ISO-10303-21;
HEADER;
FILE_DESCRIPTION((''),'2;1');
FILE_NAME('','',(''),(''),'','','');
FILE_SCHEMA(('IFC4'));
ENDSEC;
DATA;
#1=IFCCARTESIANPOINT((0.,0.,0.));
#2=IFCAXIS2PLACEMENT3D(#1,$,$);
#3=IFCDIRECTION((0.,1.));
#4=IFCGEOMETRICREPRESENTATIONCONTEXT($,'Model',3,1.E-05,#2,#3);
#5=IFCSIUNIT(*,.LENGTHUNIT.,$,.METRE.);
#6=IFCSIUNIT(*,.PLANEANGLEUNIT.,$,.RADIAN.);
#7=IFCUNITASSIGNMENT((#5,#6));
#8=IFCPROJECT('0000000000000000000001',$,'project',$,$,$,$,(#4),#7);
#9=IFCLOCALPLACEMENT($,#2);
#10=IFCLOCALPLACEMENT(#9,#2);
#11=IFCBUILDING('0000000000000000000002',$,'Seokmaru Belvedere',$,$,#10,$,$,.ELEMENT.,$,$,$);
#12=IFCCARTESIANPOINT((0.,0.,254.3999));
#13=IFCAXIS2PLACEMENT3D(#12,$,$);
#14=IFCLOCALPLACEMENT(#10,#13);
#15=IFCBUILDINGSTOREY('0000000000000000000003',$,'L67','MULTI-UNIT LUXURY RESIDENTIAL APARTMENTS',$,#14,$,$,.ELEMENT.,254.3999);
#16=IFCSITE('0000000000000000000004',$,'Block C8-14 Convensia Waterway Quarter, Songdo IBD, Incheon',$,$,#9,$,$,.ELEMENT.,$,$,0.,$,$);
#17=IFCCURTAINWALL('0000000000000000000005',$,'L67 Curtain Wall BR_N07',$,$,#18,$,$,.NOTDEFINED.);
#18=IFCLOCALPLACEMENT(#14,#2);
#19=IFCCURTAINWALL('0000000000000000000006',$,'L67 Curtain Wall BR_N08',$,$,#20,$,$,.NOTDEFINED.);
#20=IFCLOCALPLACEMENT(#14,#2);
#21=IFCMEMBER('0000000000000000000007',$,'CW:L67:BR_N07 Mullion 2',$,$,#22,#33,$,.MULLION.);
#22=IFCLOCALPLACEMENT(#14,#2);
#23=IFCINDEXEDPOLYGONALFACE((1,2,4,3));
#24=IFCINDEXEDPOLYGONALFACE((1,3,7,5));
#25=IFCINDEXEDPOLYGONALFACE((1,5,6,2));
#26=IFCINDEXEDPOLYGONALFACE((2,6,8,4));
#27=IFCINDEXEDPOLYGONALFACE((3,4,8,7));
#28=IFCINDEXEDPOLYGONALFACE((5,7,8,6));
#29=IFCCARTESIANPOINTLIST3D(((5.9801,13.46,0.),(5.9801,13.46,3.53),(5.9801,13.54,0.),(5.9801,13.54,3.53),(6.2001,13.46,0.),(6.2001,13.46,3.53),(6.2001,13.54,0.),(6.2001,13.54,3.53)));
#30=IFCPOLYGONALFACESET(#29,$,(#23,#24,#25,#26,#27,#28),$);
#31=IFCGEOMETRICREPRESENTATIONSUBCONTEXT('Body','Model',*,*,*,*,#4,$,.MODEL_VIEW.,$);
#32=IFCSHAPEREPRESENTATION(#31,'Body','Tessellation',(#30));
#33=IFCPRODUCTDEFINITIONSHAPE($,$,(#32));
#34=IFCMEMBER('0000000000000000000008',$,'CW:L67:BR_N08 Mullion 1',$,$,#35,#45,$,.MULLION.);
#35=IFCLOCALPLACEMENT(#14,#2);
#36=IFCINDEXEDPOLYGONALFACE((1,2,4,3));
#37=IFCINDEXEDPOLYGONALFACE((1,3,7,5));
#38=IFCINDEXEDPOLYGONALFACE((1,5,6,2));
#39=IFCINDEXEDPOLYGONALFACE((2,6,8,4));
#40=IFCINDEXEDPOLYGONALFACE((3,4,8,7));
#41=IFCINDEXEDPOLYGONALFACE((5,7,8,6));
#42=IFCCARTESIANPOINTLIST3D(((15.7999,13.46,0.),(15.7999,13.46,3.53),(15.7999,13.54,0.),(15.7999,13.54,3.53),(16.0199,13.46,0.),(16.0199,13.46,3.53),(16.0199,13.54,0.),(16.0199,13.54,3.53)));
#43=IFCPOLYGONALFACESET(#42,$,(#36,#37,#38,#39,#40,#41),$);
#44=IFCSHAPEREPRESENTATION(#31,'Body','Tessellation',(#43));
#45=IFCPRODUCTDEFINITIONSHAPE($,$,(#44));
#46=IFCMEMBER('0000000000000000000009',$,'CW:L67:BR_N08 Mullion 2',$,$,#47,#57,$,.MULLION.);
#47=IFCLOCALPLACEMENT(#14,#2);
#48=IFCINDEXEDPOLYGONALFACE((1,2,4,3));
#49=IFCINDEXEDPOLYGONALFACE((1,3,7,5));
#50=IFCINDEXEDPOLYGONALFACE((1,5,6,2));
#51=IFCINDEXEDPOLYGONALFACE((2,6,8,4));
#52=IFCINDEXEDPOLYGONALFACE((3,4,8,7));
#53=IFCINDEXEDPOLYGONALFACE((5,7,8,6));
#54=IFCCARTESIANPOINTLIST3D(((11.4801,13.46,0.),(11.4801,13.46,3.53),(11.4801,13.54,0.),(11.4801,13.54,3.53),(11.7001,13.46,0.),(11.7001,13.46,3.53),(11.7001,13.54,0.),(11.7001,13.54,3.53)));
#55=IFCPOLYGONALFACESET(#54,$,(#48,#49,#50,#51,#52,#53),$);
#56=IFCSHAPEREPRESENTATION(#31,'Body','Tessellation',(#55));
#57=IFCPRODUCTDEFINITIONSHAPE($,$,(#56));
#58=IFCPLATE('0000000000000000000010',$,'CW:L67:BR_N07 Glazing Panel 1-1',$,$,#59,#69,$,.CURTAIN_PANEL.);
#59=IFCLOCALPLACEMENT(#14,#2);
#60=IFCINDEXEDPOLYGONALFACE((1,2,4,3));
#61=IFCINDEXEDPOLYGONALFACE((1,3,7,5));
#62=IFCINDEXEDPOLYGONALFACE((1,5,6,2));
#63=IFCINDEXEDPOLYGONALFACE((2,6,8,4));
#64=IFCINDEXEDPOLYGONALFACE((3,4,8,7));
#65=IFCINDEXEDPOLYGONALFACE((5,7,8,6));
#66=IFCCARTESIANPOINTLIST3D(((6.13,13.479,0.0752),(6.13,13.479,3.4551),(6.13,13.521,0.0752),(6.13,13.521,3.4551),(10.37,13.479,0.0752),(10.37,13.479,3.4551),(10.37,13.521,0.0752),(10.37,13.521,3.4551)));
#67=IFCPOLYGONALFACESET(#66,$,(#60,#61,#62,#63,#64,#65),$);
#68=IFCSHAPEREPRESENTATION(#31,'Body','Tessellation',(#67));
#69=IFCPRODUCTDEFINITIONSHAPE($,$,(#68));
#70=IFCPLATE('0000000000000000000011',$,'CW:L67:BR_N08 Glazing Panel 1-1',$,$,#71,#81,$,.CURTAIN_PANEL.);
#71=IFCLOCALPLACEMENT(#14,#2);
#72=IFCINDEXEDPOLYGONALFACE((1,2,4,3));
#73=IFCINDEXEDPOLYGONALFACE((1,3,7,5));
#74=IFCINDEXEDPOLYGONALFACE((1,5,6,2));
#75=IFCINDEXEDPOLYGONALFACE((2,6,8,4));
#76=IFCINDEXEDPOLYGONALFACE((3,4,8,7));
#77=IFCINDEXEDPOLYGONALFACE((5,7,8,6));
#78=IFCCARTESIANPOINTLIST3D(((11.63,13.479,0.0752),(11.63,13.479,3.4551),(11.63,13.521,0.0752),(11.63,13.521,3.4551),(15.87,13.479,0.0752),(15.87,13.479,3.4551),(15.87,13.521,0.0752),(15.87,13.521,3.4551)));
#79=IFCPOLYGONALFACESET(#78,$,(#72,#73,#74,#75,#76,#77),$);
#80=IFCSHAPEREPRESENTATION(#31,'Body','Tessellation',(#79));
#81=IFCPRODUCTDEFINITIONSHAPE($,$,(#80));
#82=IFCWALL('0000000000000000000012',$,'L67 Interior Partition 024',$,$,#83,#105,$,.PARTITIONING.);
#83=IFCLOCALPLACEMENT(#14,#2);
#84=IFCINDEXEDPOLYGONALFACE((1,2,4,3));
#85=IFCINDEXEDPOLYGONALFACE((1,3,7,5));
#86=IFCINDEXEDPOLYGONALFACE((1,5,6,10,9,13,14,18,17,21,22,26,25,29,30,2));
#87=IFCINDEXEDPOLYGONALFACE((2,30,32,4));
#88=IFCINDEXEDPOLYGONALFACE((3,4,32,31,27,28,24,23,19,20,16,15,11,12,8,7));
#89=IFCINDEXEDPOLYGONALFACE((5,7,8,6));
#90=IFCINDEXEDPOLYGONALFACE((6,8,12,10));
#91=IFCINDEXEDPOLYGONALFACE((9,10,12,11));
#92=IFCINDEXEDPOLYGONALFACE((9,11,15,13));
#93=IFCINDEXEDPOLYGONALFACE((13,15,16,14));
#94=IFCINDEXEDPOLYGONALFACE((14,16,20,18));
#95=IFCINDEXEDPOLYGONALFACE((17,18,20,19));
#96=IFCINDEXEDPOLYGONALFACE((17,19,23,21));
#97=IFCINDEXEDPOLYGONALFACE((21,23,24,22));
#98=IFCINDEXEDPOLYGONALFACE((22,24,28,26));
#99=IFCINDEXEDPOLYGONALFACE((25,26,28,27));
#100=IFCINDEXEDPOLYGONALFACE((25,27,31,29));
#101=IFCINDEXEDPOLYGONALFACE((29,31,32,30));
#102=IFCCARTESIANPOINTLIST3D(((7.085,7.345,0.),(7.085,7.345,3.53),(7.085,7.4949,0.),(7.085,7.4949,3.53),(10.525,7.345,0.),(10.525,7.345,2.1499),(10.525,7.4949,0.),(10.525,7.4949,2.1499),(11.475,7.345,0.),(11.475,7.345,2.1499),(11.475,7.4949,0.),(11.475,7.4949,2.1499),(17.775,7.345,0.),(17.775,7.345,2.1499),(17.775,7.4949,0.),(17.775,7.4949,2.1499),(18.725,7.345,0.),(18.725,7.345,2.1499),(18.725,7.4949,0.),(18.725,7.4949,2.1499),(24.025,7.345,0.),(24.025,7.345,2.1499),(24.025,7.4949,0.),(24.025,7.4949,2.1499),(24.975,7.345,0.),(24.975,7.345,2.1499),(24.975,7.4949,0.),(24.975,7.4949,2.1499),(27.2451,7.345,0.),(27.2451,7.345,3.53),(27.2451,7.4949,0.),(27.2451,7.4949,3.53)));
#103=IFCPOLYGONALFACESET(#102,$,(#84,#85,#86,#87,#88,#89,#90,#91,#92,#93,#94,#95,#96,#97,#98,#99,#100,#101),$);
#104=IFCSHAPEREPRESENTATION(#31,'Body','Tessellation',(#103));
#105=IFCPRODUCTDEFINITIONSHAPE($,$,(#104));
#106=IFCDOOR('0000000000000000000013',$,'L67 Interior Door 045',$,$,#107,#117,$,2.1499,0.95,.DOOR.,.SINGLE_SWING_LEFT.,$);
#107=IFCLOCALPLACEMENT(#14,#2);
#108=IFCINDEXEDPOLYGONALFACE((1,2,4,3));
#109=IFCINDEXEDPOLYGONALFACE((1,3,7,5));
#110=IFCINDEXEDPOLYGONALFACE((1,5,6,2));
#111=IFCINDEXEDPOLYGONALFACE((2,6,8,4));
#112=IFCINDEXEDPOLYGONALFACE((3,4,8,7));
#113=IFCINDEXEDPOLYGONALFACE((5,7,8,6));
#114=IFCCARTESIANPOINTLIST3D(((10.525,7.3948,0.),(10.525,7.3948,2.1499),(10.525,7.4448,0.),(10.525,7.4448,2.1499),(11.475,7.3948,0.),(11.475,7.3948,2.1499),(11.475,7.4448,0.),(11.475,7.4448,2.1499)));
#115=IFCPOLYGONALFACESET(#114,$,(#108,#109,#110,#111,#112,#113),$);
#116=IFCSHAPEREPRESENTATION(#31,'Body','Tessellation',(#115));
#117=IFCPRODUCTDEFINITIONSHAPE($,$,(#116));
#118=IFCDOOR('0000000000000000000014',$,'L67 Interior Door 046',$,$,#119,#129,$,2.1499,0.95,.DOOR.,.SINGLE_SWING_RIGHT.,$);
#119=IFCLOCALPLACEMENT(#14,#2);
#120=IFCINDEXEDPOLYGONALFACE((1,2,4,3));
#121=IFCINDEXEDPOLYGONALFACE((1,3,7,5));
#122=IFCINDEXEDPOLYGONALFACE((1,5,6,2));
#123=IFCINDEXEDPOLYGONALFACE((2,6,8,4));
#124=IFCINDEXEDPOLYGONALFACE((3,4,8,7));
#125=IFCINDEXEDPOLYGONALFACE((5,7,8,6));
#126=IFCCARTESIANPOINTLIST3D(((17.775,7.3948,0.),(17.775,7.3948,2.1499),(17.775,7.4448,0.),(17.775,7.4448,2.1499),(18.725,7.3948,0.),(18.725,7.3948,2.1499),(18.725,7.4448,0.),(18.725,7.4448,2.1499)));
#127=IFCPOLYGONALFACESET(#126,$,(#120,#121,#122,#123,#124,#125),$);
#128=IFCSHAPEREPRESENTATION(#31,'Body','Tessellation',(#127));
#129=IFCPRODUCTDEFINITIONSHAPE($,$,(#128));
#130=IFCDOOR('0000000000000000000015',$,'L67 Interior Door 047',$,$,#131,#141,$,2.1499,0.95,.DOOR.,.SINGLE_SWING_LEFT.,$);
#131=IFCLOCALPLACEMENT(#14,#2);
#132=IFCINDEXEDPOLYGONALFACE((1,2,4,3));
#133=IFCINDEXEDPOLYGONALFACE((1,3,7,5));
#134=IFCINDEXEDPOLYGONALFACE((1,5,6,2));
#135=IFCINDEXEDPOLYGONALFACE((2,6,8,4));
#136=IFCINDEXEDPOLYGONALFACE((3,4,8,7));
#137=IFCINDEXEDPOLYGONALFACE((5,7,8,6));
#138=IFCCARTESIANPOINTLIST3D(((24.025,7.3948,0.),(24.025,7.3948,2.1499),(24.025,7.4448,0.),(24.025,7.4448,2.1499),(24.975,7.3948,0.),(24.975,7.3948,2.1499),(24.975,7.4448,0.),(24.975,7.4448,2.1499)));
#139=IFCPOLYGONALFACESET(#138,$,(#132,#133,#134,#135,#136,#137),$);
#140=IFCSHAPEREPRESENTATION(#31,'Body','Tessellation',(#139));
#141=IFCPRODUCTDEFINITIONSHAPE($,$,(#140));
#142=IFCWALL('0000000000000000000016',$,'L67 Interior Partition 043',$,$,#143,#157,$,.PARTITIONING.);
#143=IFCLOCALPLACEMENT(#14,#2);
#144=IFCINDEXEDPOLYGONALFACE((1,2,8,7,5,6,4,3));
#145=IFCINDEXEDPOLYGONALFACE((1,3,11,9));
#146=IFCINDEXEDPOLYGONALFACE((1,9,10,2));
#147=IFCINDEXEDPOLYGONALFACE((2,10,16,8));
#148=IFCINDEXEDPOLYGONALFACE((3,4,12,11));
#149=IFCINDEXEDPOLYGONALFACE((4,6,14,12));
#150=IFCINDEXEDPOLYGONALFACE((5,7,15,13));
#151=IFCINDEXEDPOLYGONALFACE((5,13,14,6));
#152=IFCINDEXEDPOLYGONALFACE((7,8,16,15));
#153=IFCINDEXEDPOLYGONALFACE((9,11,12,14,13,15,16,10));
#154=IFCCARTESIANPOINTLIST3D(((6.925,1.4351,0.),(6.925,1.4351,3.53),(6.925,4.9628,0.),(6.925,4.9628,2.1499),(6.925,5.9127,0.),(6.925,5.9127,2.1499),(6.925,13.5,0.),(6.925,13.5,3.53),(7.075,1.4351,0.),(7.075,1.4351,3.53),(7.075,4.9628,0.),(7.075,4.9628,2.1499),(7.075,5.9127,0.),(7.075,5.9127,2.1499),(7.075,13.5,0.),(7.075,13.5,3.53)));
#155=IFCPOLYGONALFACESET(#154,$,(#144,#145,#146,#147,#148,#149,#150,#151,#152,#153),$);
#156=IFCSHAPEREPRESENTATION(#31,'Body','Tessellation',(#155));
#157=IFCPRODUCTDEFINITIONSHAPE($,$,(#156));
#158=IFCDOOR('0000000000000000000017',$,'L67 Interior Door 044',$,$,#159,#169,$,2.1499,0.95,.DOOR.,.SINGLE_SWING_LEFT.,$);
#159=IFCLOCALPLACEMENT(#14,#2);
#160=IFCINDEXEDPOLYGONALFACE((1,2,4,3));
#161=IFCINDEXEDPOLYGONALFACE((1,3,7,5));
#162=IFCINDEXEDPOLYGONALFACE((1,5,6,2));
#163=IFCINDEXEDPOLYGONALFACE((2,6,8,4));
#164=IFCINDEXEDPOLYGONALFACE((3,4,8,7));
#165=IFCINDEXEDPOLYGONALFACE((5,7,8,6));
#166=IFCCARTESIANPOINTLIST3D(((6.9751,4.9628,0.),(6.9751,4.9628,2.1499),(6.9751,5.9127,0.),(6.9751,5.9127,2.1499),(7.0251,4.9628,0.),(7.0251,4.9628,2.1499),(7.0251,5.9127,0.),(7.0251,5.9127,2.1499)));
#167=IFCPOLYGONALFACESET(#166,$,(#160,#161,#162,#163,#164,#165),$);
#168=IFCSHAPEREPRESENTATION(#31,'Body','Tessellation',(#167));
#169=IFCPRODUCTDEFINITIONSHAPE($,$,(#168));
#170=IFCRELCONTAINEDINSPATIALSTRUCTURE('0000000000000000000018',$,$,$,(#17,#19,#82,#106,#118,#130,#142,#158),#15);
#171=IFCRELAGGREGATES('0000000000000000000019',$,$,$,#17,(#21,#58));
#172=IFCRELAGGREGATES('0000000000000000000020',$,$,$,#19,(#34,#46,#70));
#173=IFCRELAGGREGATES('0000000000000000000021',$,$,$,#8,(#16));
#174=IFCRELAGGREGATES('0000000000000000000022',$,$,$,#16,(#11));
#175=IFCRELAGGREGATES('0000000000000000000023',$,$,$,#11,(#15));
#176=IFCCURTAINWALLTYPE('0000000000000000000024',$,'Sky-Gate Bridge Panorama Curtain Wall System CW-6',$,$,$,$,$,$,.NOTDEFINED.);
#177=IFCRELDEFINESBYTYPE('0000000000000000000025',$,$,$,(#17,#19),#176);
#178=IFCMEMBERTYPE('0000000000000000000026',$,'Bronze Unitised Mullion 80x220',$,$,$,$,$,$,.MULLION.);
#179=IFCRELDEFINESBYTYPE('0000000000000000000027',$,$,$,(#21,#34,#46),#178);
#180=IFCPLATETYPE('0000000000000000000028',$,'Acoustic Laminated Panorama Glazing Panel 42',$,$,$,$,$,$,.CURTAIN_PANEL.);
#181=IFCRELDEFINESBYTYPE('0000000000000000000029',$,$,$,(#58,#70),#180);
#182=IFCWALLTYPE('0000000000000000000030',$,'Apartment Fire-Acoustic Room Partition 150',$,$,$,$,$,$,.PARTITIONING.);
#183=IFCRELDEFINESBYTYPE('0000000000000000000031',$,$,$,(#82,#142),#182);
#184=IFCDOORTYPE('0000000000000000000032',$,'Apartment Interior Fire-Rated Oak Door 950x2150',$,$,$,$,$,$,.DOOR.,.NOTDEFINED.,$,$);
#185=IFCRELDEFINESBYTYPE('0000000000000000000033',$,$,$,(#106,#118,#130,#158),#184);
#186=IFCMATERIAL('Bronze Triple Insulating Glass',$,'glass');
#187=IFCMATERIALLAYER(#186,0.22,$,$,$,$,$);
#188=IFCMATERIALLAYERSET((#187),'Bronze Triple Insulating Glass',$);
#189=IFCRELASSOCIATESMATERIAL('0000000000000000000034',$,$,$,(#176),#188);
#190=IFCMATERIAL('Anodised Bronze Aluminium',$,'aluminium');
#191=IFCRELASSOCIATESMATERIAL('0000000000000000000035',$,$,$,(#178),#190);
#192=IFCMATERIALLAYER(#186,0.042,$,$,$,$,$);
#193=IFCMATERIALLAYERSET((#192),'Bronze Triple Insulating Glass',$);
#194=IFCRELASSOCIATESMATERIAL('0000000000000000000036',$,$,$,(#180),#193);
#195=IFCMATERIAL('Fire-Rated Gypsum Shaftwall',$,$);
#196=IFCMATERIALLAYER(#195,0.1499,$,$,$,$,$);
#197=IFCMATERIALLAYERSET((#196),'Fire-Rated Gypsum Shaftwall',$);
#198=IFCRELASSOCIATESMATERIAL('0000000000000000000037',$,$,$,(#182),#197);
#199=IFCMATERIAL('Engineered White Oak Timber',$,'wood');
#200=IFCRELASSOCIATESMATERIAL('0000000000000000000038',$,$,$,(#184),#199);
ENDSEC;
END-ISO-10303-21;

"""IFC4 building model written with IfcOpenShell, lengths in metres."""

from ifc_helpers import new_model, si_unit, direction, frame, frame_2d, origin, origin_2d, place, context, subcontext, project, spatial, rectangle, extrude, source, transform, mapped, material, layer, layer_set, material_profile, profile_set, type_object, type_shapes, element, fill, aggregate, save


model = new_model("IFC4")

# Units and contexts
model_context = context("Model", 3, precision=1e-05, world=origin(), true_north=direction((0.0, 1.0)))
body_context = subcontext(model_context, "Body", "Model", "MODEL_VIEW")
ifc_project = project(units=[si_unit("LENGTHUNIT", "METRE"), si_unit("PLANEANGLEUNIT", "RADIAN")], contexts=[model_context])

# Site, building, storey
site_placement = place(None, origin())
site = spatial("IfcSite", under=ifc_project, at=site_placement, Name="Block C8-14 Convensia Waterway Quarter, Songdo IBD, Incheon", CompositionType="ELEMENT", RefElevation=0.0)
building_placement = place(site_placement, origin())
building = spatial("IfcBuilding", under=site, at=building_placement, Name="Seokmaru Belvedere", CompositionType="ELEMENT")
storey_placement = place(building_placement, frame((0.0, 0.0, 254.3999)))
storey = spatial("IfcBuildingStorey", under=building, at=storey_placement, Name="L67", Description="MULTI-UNIT LUXURY RESIDENTIAL APARTMENTS", CompositionType="ELEMENT", Elevation=254.3999)

# Curtain walls
ifc_material_1 = material(Name="Bronze Triple Insulating Glass", Category="glass")
ifc_layer_1 = layer(ifc_material_1, 0.22)
ifc_layer_set_1 = layer_set([ifc_layer_1], Name="Bronze Triple Insulating Glass")
curtain_wall_type = type_object("IfcCurtainWallType", Name="Sky-Gate Bridge Panorama Curtain Wall System CW-6", PredefinedType="NOTDEFINED", material=ifc_layer_set_1)
curtain_wall_1_placement = place(storey_placement, origin())
curtain_wall_1 = element("IfcCurtainWall", 1, at=curtain_wall_1_placement, inside=storey, type_object=curtain_wall_type, Name="L67 Curtain Wall BR_N07", PredefinedType="NOTDEFINED")
ifc_material_2 = material(Name="Anodised Bronze Aluminium", Category="aluminium")
curtain_wall_2_placement = place(storey_placement, origin())
curtain_wall_2 = element("IfcCurtainWall", 2, at=curtain_wall_2_placement, inside=storey, type_object=curtain_wall_type, Name="L67 Curtain Wall BR_N08", PredefinedType="NOTDEFINED")

# Members
ifc_material_profile_1 = material_profile(ifc_material_2, rectangle(XDim=0.0801, YDim=0.22, at=origin_2d()), Name="CW-M-80x220")
ifc_profile_set_1 = profile_set([ifc_material_profile_1], Name="Anodised Bronze Aluminium")
member_type_1 = type_object("IfcMemberType", Name="Bronze Unitised Mullion 80x220", PredefinedType="MULLION", material=ifc_profile_set_1)
shared_shape_1 = source(origin(), body_context, "Body", "SweptSolid", [
    extrude(rectangle(XDim=0.0801, YDim=0.22, at=origin_2d()), origin(), (0.0, 0.0, 1.0), 3.53),
])
type_shapes(member_type_1, [shared_shape_1])
member_1_placement = place(storey_placement, frame((6.0901, 13.5, 0.0), z_axis=(0.0, 0.0, 1.0), x_axis=(0.0, -1.0, 0.0)))
member_1 = element("IfcMember", 3, at=member_1_placement, type_object=member_type_1, Name="CW:L67:BR_N07 Mullion 2", PredefinedType="MULLION", context=body_context, shape_type="MappedRepresentation", body=[
    mapped(shared_shape_1, transform((0.0, 0.0, 0.0), scale=1.0)),
])
member_2_placement = place(storey_placement, frame((15.9099, 13.5, 0.0), z_axis=(0.0, 0.0, 1.0), x_axis=(0.0, -1.0, 0.0)))
member_2 = element("IfcMember", 4, at=member_2_placement, type_object=member_type_1, Name="CW:L67:BR_N08 Mullion 1", PredefinedType="MULLION", context=body_context, shape_type="MappedRepresentation", body=[
    mapped(shared_shape_1, transform((0.0, 0.0, 0.0), scale=1.0)),
])
member_3_placement = place(storey_placement, frame((11.5901, 13.5, 0.0), z_axis=(0.0, 0.0, 1.0), x_axis=(0.0, -1.0, 0.0)))
member_3 = element("IfcMember", 5, at=member_3_placement, type_object=member_type_1, Name="CW:L67:BR_N08 Mullion 2", PredefinedType="MULLION", context=body_context, shape_type="MappedRepresentation", body=[
    mapped(shared_shape_1, transform((0.0, 0.0, 0.0), scale=1.0)),
])

# Plates
ifc_layer_2 = layer(ifc_material_1, 0.042)
ifc_layer_set_2 = layer_set([ifc_layer_2], Name="Bronze Triple Insulating Glass")
plate_type = type_object("IfcPlateType", Name="Acoustic Laminated Panorama Glazing Panel 42", PredefinedType="CURTAIN_PANEL", material=ifc_layer_set_2)
shared_shape_2 = source(origin(), body_context, "Body", "SweptSolid", [
    extrude(rectangle(XDim=4.24, YDim=0.042, at=origin_2d()), origin(), (0.0, 0.0, 1.0), 3.3799),
])
type_shapes(plate_type, [shared_shape_2])
plate_1_placement = place(storey_placement, frame((8.25, 13.5, 0.0752), z_axis=(0.0, 0.0, 1.0), x_axis=(-1.0, 0.0, 0.0)))
plate_1 = element("IfcPlate", 6, at=plate_1_placement, type_object=plate_type, Name="CW:L67:BR_N07 Glazing Panel 1-1", PredefinedType="CURTAIN_PANEL", context=body_context, shape_type="MappedRepresentation", body=[
    mapped(shared_shape_2, transform((0.0, 0.0, 0.0), scale=1.0)),
])
aggregate(curtain_wall_1, [member_1, plate_1])
plate_2_placement = place(storey_placement, frame((13.75, 13.5, 0.0752), z_axis=(0.0, 0.0, 1.0), x_axis=(-1.0, 0.0, 0.0)))
plate_2 = element("IfcPlate", 7, at=plate_2_placement, type_object=plate_type, Name="CW:L67:BR_N08 Glazing Panel 1-1", PredefinedType="CURTAIN_PANEL", context=body_context, shape_type="MappedRepresentation", body=[
    mapped(shared_shape_2, transform((0.0, 0.0, 0.0), scale=1.0)),
])
aggregate(curtain_wall_2, [member_2, member_3, plate_2])

# Wall, openings, doors
ifc_material_3 = material(Name="Fire-Rated Gypsum Shaftwall")
ifc_layer_3 = layer(ifc_material_3, 0.1499)
ifc_layer_set_3 = layer_set([ifc_layer_3], Name="Fire-Rated Gypsum Shaftwall")
wall_type_1 = type_object("IfcWallType", Name="Apartment Fire-Acoustic Room Partition 150", PredefinedType="PARTITIONING", material=ifc_layer_set_3)
wall_1_placement = place(storey_placement, frame((7.085, 7.4199, 0.0), z_axis=(0.0, 0.0, 1.0), x_axis=(1.0, 0.0, 0.0)))
wall_1 = element("IfcWall", 8, at=wall_1_placement, inside=storey, type_object=wall_type_1, Name="L67 Interior Partition 024", PredefinedType="PARTITIONING", context=body_context, shape_type="SweptSolid", body=[
    extrude(rectangle(XDim=20.1602, YDim=0.1499, at=frame_2d((10.0801, 0.0))), origin(), (0.0, 0.0, 1.0), 3.53),
])
opening_1_placement = place(wall_1_placement, frame((3.4399, 0.0, 0.0)))
opening_1 = element("IfcOpeningElement", 9, at=opening_1_placement, cuts=wall_1, PredefinedType="OPENING", context=body_context, shape_type="SweptSolid", body=[
    extrude(rectangle(XDim=0.95, YDim=2.1499, at=frame_2d((0.4751, 1.075))), frame((0.0, 0.085, 0.0), z_axis=(0.0, -1.0, 0.0), x_axis=(1.0, 0.0, 0.0)), (0.0, 0.0, 1.0), 0.1699),
])
opening_2_placement = place(wall_1_placement, frame((10.6899, 0.0, 0.0)))
opening_2 = element("IfcOpeningElement", 10, at=opening_2_placement, cuts=wall_1, PredefinedType="OPENING", context=body_context, shape_type="SweptSolid", body=[
    extrude(rectangle(XDim=0.95, YDim=2.1499, at=frame_2d((0.4751, 1.075))), frame((0.0, 0.085, 0.0), z_axis=(0.0, -1.0, 0.0), x_axis=(1.0, 0.0, 0.0)), (0.0, 0.0, 1.0), 0.1699),
])
opening_3_placement = place(wall_1_placement, frame((16.9399, 0.0, 0.0)))
opening_3 = element("IfcOpeningElement", 11, at=opening_3_placement, cuts=wall_1, PredefinedType="OPENING", context=body_context, shape_type="SweptSolid", body=[
    extrude(rectangle(XDim=0.95, YDim=2.1499, at=frame_2d((0.4751, 1.075))), frame((0.0, 0.085, 0.0), z_axis=(0.0, -1.0, 0.0), x_axis=(1.0, 0.0, 0.0)), (0.0, 0.0, 1.0), 0.1699),
])
ifc_material_4 = material(Name="Engineered White Oak Timber", Category="wood")
door_type = type_object("IfcDoorType", Name="Apartment Interior Fire-Rated Oak Door 950x2150", OperationType="NOTDEFINED", PredefinedType="DOOR", material=ifc_material_4)
shared_shape_3 = source(origin(), body_context, "Body", "SweptSolid", [
    extrude(rectangle(XDim=0.95, YDim=2.1499, at=frame_2d((0.4751, 1.075))), frame((0.0, 0.0249, 0.0), z_axis=(0.0, -1.0, 0.0), x_axis=(1.0, 0.0, 0.0)), (0.0, 0.0, 1.0), 0.05),
])
type_shapes(door_type, [shared_shape_3])
door_1_placement = place(opening_1_placement, origin())
door_1 = element("IfcDoor", 12, at=door_1_placement, inside=storey, type_object=door_type, Name="L67 Interior Door 045", OperationType="SINGLE_SWING_LEFT", OverallHeight=2.1499, OverallWidth=0.95, PredefinedType="DOOR", context=body_context, shape_type="MappedRepresentation", body=[
    mapped(shared_shape_3, transform((0.0, 0.0, 0.0), scale=1.0)),
])
fill(opening_1, door_1)
door_2_placement = place(opening_2_placement, origin())
door_2 = element("IfcDoor", 13, at=door_2_placement, inside=storey, type_object=door_type, Name="L67 Interior Door 046", OperationType="SINGLE_SWING_RIGHT", OverallHeight=2.1499, OverallWidth=0.95, PredefinedType="DOOR", context=body_context, shape_type="MappedRepresentation", body=[
    mapped(shared_shape_3, transform((0.0, 0.0, 0.0), scale=1.0)),
])
fill(opening_2, door_2)
door_3_placement = place(opening_3_placement, origin())
door_3 = element("IfcDoor", 14, at=door_3_placement, inside=storey, type_object=door_type, Name="L67 Interior Door 047", OperationType="SINGLE_SWING_LEFT", OverallHeight=2.1499, OverallWidth=0.95, PredefinedType="DOOR", context=body_context, shape_type="MappedRepresentation", body=[
    mapped(shared_shape_3, transform((0.0, 0.0, 0.0), scale=1.0)),
])
fill(opening_3, door_3)

# Wall, opening, door
wall_2_placement = place(storey_placement, frame((7.0, 1.4351, 0.0), z_axis=(0.0, 0.0, 1.0), x_axis=(0.0, 1.0, 0.0)))
wall_2 = element("IfcWall", 15, at=wall_2_placement, inside=storey, type_object=wall_type_1, Name="L67 Interior Partition 043", PredefinedType="PARTITIONING", context=body_context, shape_type="SweptSolid", body=[
    extrude(rectangle(XDim=12.0649, YDim=0.1499, at=frame_2d((6.0325, 0.0))), origin(), (0.0, 0.0, 1.0), 3.53),
])
opening_4_placement = place(wall_2_placement, frame((3.5276, 0.0, 0.0)))
opening_4 = element("IfcOpeningElement", 16, at=opening_4_placement, cuts=wall_2, PredefinedType="OPENING", context=body_context, shape_type="SweptSolid", body=[
    extrude(rectangle(XDim=0.95, YDim=2.1499, at=frame_2d((0.4751, 1.075))), frame((0.0, 0.085, 0.0), z_axis=(0.0, -1.0, 0.0), x_axis=(1.0, 0.0, 0.0)), (0.0, 0.0, 1.0), 0.1699),
])
door_4_placement = place(opening_4_placement, origin())
door_4 = element("IfcDoor", 17, at=door_4_placement, inside=storey, type_object=door_type, Name="L67 Interior Door 044", OperationType="SINGLE_SWING_LEFT", OverallHeight=2.1499, OverallWidth=0.95, PredefinedType="DOOR", context=body_context, shape_type="MappedRepresentation", body=[
    mapped(shared_shape_3, transform((0.0, 0.0, 0.0), scale=1.0)),
])
fill(opening_4, door_4)

save(model, "model.ifc")
